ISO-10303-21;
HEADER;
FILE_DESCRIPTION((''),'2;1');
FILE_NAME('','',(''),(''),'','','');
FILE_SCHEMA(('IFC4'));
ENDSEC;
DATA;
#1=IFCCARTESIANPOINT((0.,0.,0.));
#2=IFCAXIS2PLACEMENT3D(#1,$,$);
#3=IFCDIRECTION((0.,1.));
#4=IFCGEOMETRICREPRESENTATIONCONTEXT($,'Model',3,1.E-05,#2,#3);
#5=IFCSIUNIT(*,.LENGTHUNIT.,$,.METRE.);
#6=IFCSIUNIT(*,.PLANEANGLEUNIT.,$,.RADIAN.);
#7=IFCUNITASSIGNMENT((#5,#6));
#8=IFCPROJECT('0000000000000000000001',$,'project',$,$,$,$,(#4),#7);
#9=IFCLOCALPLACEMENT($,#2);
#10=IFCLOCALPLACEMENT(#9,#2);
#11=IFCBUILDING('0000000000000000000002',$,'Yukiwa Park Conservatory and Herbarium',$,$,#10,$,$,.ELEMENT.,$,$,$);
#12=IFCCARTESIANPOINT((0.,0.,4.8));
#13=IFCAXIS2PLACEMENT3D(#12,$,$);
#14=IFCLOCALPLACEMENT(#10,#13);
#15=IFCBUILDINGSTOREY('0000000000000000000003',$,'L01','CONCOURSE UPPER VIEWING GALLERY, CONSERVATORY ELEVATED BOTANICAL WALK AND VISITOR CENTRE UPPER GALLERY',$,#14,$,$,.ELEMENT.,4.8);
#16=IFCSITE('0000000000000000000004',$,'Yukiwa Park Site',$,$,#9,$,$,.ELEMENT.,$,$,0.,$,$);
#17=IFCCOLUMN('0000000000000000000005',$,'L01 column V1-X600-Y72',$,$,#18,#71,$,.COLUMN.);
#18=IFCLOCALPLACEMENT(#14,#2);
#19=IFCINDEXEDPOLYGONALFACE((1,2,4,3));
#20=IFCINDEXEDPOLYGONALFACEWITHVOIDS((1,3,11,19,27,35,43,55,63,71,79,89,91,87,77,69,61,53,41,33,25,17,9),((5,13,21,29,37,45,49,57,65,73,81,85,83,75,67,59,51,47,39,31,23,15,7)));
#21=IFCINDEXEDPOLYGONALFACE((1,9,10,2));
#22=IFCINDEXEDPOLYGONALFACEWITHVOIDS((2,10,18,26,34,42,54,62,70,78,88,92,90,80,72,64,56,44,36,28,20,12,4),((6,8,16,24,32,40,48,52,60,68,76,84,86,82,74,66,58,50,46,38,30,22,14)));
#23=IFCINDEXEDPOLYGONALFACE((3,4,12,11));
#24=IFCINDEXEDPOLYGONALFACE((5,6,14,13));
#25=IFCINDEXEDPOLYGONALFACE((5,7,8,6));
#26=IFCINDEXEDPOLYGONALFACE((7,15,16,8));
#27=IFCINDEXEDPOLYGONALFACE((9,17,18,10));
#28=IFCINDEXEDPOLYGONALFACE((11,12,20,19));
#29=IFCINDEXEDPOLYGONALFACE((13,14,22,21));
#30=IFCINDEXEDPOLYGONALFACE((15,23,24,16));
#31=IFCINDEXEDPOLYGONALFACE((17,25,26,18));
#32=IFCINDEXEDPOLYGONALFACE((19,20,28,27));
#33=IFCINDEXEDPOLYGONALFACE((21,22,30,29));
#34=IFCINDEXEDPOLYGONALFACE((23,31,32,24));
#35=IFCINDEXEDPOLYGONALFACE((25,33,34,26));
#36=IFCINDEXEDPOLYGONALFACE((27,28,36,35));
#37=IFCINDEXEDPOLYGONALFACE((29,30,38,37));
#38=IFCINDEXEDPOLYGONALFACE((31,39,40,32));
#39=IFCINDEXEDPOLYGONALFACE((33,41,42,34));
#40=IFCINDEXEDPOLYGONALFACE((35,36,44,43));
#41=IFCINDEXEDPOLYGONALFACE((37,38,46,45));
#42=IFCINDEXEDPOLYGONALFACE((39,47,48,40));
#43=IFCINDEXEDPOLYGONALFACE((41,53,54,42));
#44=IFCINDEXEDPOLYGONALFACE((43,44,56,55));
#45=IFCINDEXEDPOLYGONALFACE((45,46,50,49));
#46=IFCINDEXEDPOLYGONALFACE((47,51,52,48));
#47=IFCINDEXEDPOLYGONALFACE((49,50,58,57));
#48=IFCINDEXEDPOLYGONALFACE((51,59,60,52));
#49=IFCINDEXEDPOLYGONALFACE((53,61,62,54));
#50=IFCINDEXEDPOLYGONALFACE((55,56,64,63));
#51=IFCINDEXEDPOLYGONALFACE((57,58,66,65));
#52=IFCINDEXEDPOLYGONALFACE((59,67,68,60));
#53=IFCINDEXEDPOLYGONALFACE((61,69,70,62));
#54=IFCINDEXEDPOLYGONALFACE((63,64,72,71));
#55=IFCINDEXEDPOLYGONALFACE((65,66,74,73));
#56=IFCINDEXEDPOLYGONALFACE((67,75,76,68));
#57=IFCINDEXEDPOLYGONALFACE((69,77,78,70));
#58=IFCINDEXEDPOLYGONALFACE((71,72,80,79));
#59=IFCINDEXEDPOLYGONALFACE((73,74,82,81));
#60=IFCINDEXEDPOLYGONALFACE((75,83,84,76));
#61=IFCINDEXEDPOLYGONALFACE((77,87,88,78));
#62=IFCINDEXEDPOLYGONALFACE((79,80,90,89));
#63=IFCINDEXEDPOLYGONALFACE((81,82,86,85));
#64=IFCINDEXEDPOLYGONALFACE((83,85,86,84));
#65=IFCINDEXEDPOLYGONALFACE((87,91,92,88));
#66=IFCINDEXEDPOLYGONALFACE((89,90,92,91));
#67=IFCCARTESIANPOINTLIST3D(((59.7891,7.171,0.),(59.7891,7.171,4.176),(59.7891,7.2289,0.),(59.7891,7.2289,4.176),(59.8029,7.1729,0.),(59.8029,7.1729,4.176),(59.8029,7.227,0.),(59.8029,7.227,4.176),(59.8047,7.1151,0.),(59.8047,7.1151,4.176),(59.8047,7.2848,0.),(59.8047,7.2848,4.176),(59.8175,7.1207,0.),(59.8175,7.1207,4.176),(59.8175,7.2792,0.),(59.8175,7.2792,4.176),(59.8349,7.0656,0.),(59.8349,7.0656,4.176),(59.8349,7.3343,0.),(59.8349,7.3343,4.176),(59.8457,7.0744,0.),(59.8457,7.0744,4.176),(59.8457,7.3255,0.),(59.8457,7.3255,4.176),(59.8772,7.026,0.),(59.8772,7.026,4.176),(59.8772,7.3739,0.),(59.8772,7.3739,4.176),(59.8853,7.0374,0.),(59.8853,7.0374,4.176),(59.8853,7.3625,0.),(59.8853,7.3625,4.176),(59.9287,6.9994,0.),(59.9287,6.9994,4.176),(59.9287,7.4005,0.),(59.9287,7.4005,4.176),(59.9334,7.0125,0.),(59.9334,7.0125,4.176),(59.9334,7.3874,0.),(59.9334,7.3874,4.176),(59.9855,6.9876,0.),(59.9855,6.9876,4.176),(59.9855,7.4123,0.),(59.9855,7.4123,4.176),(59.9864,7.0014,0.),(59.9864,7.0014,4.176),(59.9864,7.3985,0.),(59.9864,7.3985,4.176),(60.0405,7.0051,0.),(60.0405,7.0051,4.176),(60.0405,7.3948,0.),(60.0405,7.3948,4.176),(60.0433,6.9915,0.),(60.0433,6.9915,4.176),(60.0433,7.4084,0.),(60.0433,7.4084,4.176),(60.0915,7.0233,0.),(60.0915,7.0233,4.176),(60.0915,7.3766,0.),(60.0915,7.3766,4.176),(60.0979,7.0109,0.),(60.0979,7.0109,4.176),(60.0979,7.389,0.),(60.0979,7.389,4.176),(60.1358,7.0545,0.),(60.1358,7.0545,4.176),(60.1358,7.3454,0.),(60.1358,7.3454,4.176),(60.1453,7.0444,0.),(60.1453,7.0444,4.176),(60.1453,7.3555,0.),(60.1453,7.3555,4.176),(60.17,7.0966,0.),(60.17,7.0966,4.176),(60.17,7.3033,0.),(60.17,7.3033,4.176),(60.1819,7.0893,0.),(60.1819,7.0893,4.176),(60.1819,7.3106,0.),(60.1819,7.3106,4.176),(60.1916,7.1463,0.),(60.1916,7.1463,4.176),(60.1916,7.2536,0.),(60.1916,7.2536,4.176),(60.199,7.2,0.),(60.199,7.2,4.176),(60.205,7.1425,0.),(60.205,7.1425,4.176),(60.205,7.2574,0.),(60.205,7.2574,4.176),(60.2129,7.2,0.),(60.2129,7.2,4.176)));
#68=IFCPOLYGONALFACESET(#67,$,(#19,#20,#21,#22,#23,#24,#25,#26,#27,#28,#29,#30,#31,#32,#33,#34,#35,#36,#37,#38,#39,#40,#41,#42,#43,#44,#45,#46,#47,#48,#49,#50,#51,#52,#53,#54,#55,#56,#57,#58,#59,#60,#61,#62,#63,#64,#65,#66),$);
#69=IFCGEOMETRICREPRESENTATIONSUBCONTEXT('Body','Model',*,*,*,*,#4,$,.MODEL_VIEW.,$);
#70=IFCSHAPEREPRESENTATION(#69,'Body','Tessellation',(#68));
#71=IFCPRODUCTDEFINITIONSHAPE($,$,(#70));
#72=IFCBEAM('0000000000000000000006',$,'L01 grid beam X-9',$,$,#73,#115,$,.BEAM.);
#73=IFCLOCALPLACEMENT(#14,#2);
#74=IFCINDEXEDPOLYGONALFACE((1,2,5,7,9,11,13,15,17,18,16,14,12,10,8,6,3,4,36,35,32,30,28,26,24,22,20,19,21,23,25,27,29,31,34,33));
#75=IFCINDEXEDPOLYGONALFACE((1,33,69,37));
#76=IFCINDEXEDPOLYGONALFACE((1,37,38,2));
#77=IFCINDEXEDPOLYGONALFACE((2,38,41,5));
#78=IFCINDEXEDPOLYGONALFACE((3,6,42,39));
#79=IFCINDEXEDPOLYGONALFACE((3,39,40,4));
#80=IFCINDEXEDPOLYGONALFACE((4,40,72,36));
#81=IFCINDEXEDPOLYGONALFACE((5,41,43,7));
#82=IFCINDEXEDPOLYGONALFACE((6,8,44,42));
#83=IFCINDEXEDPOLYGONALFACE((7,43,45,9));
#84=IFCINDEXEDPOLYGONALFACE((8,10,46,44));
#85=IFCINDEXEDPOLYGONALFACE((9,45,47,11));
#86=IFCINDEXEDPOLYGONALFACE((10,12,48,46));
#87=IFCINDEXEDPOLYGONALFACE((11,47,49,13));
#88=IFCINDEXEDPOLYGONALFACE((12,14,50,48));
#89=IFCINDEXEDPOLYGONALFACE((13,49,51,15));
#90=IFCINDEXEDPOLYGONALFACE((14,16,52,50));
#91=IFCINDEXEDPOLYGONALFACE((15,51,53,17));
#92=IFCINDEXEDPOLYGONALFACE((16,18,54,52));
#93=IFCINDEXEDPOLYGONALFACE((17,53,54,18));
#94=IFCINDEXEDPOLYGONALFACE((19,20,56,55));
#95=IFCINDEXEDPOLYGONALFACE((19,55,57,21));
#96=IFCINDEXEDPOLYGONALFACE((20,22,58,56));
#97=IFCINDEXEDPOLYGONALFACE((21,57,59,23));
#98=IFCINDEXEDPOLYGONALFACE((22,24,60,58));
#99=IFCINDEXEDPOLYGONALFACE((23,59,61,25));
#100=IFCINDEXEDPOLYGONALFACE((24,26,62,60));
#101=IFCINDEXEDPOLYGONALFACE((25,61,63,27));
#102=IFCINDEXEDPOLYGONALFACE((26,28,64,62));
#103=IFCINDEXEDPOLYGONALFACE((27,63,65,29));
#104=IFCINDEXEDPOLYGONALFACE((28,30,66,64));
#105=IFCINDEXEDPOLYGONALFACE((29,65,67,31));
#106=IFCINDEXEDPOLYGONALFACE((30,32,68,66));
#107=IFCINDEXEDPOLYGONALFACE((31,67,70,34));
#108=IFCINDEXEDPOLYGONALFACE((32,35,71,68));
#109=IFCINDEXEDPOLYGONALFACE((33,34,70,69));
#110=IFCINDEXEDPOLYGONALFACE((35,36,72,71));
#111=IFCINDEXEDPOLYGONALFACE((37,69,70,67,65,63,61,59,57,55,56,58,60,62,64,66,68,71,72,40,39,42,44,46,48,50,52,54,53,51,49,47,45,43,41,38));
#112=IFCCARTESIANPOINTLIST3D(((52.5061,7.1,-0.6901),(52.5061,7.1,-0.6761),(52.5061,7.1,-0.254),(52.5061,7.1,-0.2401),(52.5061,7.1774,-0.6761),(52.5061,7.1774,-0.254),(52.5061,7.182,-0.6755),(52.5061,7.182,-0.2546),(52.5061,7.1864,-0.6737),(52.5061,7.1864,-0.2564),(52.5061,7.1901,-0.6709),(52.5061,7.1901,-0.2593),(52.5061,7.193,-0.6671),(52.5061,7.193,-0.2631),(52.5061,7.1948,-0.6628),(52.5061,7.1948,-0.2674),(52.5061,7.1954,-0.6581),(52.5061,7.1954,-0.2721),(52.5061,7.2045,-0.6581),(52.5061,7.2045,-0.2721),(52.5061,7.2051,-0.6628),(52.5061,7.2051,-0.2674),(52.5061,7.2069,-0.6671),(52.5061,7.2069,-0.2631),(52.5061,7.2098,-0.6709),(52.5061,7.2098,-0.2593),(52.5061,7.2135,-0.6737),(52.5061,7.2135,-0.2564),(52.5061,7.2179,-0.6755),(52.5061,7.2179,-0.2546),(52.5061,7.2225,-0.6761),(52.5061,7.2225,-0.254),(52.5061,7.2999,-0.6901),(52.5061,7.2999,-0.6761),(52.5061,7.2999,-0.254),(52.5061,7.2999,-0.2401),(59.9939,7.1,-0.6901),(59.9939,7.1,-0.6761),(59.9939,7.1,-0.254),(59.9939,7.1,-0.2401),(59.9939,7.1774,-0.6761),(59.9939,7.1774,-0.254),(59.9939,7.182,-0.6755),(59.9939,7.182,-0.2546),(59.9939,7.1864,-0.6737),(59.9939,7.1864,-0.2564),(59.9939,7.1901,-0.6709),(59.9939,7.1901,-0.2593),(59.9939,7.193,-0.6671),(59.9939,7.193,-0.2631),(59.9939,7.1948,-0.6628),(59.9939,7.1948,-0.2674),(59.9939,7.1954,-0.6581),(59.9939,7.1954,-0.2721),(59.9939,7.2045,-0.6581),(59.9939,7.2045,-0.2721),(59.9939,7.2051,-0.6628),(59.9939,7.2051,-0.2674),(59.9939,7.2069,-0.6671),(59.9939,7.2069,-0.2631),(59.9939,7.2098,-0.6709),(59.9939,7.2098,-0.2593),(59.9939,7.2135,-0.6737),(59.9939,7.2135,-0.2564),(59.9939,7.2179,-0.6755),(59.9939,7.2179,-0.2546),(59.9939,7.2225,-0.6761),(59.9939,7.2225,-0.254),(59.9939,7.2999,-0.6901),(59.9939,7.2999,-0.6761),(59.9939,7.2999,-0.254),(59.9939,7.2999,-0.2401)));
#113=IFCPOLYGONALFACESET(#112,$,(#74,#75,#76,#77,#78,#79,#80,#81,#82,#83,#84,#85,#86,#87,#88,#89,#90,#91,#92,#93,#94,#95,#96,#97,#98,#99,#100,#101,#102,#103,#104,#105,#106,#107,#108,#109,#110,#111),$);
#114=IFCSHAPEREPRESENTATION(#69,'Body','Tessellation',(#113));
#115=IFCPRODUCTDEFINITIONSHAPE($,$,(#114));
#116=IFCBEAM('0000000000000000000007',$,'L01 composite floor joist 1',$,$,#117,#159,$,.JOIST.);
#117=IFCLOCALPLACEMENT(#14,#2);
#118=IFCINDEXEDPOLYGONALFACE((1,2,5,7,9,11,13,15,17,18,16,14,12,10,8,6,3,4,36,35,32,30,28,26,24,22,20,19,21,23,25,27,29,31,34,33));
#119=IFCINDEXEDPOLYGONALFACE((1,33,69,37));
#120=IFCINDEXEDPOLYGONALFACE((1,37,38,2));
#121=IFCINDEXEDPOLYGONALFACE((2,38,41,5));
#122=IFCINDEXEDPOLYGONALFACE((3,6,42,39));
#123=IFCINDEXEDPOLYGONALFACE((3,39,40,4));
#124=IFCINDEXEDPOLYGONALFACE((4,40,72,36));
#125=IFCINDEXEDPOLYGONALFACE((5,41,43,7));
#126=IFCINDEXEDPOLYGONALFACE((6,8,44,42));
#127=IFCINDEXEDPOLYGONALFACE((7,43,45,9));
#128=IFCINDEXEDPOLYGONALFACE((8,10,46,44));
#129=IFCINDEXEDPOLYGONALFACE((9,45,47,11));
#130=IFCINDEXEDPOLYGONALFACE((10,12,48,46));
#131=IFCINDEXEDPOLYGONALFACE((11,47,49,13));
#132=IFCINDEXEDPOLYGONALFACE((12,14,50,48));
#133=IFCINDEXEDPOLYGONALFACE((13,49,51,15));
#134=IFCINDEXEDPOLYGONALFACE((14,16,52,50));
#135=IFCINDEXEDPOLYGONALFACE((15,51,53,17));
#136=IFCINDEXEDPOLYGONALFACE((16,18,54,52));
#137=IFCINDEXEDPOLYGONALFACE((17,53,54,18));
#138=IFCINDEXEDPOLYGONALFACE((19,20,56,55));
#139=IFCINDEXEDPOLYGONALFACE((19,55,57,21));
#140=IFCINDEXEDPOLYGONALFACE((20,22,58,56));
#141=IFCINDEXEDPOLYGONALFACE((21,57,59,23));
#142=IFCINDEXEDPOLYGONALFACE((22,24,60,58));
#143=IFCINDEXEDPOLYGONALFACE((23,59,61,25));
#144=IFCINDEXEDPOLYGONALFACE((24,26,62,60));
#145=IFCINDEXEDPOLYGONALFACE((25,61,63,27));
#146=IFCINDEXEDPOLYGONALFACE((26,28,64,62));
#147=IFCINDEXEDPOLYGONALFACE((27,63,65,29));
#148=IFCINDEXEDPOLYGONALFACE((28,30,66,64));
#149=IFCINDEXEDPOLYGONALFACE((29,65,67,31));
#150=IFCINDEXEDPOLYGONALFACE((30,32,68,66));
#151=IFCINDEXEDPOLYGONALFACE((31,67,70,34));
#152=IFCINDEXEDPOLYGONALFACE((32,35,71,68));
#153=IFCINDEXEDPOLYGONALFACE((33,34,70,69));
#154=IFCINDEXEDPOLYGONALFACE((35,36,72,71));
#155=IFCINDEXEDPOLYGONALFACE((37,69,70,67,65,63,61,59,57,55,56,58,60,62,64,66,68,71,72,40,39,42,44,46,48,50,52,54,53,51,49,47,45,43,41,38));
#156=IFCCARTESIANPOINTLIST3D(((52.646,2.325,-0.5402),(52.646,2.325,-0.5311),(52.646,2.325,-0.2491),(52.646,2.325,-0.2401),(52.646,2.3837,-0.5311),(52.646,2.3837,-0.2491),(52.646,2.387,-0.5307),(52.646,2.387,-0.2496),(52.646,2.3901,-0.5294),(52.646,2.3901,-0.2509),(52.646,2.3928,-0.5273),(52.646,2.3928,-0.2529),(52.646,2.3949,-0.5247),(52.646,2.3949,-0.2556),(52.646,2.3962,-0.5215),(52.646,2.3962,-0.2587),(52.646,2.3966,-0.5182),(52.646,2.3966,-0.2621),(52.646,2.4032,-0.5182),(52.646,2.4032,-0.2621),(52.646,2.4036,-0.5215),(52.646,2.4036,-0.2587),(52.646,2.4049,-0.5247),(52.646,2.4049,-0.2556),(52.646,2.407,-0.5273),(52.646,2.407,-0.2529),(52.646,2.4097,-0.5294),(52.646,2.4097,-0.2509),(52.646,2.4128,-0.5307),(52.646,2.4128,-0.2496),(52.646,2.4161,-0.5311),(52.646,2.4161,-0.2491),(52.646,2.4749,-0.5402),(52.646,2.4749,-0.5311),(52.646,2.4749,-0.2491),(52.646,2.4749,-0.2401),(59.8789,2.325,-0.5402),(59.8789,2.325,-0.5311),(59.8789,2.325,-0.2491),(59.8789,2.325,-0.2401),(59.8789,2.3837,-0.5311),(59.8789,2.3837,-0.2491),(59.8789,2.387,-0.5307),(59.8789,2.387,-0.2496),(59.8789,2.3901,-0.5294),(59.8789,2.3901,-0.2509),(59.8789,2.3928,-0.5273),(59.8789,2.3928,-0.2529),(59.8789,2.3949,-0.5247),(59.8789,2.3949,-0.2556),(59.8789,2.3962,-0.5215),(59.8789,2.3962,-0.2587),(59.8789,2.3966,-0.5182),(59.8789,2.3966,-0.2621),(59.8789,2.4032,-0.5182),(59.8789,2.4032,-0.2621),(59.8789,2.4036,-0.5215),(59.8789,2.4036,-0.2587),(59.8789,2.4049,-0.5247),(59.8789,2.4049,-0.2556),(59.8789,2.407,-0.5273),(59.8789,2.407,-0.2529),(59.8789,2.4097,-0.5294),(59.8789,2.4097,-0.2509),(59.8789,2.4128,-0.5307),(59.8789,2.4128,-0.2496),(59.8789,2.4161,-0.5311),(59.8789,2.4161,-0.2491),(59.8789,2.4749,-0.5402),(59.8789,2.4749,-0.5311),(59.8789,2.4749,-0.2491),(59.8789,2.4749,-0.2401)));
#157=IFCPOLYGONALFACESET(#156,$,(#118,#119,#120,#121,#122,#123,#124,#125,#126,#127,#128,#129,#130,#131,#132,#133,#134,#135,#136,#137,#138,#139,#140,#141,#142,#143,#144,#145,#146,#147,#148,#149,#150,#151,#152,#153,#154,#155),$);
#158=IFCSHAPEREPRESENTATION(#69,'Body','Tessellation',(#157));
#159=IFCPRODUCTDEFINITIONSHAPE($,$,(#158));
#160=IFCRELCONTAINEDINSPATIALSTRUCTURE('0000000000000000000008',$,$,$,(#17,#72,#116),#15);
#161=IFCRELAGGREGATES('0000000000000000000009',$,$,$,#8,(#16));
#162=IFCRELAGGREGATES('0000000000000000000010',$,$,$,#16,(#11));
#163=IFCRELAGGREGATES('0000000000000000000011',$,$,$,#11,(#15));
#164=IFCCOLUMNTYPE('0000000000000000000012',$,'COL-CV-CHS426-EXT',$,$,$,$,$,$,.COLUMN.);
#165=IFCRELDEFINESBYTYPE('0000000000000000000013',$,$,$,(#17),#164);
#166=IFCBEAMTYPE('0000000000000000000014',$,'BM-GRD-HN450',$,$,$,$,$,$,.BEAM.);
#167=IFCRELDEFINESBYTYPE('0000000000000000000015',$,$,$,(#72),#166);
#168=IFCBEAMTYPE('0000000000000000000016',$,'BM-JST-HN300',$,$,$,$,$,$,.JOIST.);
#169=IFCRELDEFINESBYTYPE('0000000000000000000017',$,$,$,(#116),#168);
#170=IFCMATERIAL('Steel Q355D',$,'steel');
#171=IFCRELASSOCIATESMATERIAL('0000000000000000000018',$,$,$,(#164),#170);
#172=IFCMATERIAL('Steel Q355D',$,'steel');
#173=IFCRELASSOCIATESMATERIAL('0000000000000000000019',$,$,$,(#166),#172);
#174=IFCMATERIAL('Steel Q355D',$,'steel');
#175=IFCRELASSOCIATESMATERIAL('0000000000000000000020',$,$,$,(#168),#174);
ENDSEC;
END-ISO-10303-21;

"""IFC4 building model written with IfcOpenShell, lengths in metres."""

from ifc_helpers import new_model, si_unit, direction, frame, origin, origin_2d, place, context, subcontext, project, spatial, hollow_circle, i_section, extrude, material, material_profile, profile_set, type_object, element, save


model = new_model("IFC4")

# Units and contexts
model_context = context("Model", 3, precision=1e-05, world=origin(), true_north=direction((0.0, 1.0)))
body_context = subcontext(model_context, "Body", "Model", "MODEL_VIEW")
ifc_project = project(units=[si_unit("LENGTHUNIT", "METRE"), si_unit("PLANEANGLEUNIT", "RADIAN")], contexts=[model_context])

# Site, building, storey
site_placement = place(None, origin())
site = spatial("IfcSite", under=ifc_project, at=site_placement, Name="Yukiwa Park Site", CompositionType="ELEMENT", RefElevation=0.0)
building_placement = place(site_placement, origin())
building = spatial("IfcBuilding", under=site, at=building_placement, Name="Yukiwa Park Conservatory and Herbarium", CompositionType="ELEMENT")
storey_placement = place(building_placement, frame((0.0, 0.0, 4.8)))
storey = spatial("IfcBuildingStorey", under=building, at=storey_placement, Name="L01", Description="CONCOURSE UPPER VIEWING GALLERY, CONSERVATORY ELEVATED BOTANICAL WALK AND VISITOR CENTRE UPPER GALLERY", CompositionType="ELEMENT", Elevation=4.8)

# Column
ifc_material_1 = material(Name="Steel Q355D", Category="steel")
ifc_material_profile_1 = material_profile(ifc_material_1, hollow_circle(Radius=0.2129, WallThickness=0.0139, at=origin_2d()), Name="CHS 426x14")
ifc_profile_set_1 = profile_set([ifc_material_profile_1], Name="Steel Q355D")
column_type = type_object("IfcColumnType", Name="COL-CV-CHS426-EXT", PredefinedType="COLUMN", material=ifc_profile_set_1)
column_placement = place(storey_placement, frame((60.0, 7.2, 0.0), z_axis=(0.0, 0.0, 1.0), x_axis=(1.0, 0.0, 0.0)))
element("IfcColumn", 1, at=column_placement, inside=storey, type_object=column_type, Name="L01 column V1-X600-Y72", PredefinedType="COLUMN", context=body_context, shape_type="SweptSolid", body=[
    extrude(hollow_circle(Radius=0.2129, WallThickness=0.0139, at=origin_2d()), origin(), (0.0, 0.0, 1.0), 4.176),
])

# Beams
ifc_material_2 = material(Name="Steel Q355D", Category="steel")
ifc_material_profile_2 = material_profile(ifc_material_2, i_section(OverallWidth=0.2, OverallDepth=0.45, WebThickness=0.009, FlangeThickness=0.0139, FilletRadius=0.0181, at=origin_2d()), Name="HN 450x200x9x14")
ifc_profile_set_2 = profile_set([ifc_material_profile_2], Name="Steel Q355D")
beam_type_1 = type_object("IfcBeamType", Name="BM-GRD-HN450", PredefinedType="BEAM", material=ifc_profile_set_2)
beam_1_placement = place(storey_placement, frame((52.5061, 7.2, -0.4651), z_axis=(1.0, 0.0, 0.0), x_axis=(0.0, 1.0, 0.0)))
element("IfcBeam", 2, at=beam_1_placement, inside=storey, type_object=beam_type_1, Name="L01 grid beam X-9", PredefinedType="BEAM", context=body_context, shape_type="SweptSolid", body=[
    extrude(i_section(OverallWidth=0.2, OverallDepth=0.45, WebThickness=0.009, FlangeThickness=0.0139, FilletRadius=0.0181, at=origin_2d()), origin(), (0.0, 0.0, 1.0), 7.4878),
])
ifc_material_3 = material(Name="Steel Q355D", Category="steel")
ifc_material_profile_3 = material_profile(ifc_material_3, i_section(OverallWidth=0.1499, OverallDepth=0.3, WebThickness=0.0066, FlangeThickness=0.009, FilletRadius=0.0129, at=origin_2d()), Name="HN 300x150x6.5x9")
ifc_profile_set_3 = profile_set([ifc_material_profile_3], Name="Steel Q355D")
beam_type_2 = type_object("IfcBeamType", Name="BM-JST-HN300", PredefinedType="JOIST", material=ifc_profile_set_3)
for number, where, z_axis, x_axis, name in (
    (3, (52.646, 2.3999, -0.3901), (1.0, 0.0, 0.0), (0.0, 1.0, 0.0), "L01 composite floor joist 1"),
):
    element("IfcBeam", number, at=place(storey_placement, frame(where, z_axis=z_axis, x_axis=x_axis)), inside=storey, type_object=beam_type_2, Name=name, PredefinedType="JOIST", context=body_context, shape_type="SweptSolid", body=[
        extrude(i_section(OverallWidth=0.1499, OverallDepth=0.3, WebThickness=0.0066, FlangeThickness=0.009, FilletRadius=0.0129, at=origin_2d()), origin(), (0.0, 0.0, 1.0), 7.2329),
    ])

save(model, "model.ifc")
